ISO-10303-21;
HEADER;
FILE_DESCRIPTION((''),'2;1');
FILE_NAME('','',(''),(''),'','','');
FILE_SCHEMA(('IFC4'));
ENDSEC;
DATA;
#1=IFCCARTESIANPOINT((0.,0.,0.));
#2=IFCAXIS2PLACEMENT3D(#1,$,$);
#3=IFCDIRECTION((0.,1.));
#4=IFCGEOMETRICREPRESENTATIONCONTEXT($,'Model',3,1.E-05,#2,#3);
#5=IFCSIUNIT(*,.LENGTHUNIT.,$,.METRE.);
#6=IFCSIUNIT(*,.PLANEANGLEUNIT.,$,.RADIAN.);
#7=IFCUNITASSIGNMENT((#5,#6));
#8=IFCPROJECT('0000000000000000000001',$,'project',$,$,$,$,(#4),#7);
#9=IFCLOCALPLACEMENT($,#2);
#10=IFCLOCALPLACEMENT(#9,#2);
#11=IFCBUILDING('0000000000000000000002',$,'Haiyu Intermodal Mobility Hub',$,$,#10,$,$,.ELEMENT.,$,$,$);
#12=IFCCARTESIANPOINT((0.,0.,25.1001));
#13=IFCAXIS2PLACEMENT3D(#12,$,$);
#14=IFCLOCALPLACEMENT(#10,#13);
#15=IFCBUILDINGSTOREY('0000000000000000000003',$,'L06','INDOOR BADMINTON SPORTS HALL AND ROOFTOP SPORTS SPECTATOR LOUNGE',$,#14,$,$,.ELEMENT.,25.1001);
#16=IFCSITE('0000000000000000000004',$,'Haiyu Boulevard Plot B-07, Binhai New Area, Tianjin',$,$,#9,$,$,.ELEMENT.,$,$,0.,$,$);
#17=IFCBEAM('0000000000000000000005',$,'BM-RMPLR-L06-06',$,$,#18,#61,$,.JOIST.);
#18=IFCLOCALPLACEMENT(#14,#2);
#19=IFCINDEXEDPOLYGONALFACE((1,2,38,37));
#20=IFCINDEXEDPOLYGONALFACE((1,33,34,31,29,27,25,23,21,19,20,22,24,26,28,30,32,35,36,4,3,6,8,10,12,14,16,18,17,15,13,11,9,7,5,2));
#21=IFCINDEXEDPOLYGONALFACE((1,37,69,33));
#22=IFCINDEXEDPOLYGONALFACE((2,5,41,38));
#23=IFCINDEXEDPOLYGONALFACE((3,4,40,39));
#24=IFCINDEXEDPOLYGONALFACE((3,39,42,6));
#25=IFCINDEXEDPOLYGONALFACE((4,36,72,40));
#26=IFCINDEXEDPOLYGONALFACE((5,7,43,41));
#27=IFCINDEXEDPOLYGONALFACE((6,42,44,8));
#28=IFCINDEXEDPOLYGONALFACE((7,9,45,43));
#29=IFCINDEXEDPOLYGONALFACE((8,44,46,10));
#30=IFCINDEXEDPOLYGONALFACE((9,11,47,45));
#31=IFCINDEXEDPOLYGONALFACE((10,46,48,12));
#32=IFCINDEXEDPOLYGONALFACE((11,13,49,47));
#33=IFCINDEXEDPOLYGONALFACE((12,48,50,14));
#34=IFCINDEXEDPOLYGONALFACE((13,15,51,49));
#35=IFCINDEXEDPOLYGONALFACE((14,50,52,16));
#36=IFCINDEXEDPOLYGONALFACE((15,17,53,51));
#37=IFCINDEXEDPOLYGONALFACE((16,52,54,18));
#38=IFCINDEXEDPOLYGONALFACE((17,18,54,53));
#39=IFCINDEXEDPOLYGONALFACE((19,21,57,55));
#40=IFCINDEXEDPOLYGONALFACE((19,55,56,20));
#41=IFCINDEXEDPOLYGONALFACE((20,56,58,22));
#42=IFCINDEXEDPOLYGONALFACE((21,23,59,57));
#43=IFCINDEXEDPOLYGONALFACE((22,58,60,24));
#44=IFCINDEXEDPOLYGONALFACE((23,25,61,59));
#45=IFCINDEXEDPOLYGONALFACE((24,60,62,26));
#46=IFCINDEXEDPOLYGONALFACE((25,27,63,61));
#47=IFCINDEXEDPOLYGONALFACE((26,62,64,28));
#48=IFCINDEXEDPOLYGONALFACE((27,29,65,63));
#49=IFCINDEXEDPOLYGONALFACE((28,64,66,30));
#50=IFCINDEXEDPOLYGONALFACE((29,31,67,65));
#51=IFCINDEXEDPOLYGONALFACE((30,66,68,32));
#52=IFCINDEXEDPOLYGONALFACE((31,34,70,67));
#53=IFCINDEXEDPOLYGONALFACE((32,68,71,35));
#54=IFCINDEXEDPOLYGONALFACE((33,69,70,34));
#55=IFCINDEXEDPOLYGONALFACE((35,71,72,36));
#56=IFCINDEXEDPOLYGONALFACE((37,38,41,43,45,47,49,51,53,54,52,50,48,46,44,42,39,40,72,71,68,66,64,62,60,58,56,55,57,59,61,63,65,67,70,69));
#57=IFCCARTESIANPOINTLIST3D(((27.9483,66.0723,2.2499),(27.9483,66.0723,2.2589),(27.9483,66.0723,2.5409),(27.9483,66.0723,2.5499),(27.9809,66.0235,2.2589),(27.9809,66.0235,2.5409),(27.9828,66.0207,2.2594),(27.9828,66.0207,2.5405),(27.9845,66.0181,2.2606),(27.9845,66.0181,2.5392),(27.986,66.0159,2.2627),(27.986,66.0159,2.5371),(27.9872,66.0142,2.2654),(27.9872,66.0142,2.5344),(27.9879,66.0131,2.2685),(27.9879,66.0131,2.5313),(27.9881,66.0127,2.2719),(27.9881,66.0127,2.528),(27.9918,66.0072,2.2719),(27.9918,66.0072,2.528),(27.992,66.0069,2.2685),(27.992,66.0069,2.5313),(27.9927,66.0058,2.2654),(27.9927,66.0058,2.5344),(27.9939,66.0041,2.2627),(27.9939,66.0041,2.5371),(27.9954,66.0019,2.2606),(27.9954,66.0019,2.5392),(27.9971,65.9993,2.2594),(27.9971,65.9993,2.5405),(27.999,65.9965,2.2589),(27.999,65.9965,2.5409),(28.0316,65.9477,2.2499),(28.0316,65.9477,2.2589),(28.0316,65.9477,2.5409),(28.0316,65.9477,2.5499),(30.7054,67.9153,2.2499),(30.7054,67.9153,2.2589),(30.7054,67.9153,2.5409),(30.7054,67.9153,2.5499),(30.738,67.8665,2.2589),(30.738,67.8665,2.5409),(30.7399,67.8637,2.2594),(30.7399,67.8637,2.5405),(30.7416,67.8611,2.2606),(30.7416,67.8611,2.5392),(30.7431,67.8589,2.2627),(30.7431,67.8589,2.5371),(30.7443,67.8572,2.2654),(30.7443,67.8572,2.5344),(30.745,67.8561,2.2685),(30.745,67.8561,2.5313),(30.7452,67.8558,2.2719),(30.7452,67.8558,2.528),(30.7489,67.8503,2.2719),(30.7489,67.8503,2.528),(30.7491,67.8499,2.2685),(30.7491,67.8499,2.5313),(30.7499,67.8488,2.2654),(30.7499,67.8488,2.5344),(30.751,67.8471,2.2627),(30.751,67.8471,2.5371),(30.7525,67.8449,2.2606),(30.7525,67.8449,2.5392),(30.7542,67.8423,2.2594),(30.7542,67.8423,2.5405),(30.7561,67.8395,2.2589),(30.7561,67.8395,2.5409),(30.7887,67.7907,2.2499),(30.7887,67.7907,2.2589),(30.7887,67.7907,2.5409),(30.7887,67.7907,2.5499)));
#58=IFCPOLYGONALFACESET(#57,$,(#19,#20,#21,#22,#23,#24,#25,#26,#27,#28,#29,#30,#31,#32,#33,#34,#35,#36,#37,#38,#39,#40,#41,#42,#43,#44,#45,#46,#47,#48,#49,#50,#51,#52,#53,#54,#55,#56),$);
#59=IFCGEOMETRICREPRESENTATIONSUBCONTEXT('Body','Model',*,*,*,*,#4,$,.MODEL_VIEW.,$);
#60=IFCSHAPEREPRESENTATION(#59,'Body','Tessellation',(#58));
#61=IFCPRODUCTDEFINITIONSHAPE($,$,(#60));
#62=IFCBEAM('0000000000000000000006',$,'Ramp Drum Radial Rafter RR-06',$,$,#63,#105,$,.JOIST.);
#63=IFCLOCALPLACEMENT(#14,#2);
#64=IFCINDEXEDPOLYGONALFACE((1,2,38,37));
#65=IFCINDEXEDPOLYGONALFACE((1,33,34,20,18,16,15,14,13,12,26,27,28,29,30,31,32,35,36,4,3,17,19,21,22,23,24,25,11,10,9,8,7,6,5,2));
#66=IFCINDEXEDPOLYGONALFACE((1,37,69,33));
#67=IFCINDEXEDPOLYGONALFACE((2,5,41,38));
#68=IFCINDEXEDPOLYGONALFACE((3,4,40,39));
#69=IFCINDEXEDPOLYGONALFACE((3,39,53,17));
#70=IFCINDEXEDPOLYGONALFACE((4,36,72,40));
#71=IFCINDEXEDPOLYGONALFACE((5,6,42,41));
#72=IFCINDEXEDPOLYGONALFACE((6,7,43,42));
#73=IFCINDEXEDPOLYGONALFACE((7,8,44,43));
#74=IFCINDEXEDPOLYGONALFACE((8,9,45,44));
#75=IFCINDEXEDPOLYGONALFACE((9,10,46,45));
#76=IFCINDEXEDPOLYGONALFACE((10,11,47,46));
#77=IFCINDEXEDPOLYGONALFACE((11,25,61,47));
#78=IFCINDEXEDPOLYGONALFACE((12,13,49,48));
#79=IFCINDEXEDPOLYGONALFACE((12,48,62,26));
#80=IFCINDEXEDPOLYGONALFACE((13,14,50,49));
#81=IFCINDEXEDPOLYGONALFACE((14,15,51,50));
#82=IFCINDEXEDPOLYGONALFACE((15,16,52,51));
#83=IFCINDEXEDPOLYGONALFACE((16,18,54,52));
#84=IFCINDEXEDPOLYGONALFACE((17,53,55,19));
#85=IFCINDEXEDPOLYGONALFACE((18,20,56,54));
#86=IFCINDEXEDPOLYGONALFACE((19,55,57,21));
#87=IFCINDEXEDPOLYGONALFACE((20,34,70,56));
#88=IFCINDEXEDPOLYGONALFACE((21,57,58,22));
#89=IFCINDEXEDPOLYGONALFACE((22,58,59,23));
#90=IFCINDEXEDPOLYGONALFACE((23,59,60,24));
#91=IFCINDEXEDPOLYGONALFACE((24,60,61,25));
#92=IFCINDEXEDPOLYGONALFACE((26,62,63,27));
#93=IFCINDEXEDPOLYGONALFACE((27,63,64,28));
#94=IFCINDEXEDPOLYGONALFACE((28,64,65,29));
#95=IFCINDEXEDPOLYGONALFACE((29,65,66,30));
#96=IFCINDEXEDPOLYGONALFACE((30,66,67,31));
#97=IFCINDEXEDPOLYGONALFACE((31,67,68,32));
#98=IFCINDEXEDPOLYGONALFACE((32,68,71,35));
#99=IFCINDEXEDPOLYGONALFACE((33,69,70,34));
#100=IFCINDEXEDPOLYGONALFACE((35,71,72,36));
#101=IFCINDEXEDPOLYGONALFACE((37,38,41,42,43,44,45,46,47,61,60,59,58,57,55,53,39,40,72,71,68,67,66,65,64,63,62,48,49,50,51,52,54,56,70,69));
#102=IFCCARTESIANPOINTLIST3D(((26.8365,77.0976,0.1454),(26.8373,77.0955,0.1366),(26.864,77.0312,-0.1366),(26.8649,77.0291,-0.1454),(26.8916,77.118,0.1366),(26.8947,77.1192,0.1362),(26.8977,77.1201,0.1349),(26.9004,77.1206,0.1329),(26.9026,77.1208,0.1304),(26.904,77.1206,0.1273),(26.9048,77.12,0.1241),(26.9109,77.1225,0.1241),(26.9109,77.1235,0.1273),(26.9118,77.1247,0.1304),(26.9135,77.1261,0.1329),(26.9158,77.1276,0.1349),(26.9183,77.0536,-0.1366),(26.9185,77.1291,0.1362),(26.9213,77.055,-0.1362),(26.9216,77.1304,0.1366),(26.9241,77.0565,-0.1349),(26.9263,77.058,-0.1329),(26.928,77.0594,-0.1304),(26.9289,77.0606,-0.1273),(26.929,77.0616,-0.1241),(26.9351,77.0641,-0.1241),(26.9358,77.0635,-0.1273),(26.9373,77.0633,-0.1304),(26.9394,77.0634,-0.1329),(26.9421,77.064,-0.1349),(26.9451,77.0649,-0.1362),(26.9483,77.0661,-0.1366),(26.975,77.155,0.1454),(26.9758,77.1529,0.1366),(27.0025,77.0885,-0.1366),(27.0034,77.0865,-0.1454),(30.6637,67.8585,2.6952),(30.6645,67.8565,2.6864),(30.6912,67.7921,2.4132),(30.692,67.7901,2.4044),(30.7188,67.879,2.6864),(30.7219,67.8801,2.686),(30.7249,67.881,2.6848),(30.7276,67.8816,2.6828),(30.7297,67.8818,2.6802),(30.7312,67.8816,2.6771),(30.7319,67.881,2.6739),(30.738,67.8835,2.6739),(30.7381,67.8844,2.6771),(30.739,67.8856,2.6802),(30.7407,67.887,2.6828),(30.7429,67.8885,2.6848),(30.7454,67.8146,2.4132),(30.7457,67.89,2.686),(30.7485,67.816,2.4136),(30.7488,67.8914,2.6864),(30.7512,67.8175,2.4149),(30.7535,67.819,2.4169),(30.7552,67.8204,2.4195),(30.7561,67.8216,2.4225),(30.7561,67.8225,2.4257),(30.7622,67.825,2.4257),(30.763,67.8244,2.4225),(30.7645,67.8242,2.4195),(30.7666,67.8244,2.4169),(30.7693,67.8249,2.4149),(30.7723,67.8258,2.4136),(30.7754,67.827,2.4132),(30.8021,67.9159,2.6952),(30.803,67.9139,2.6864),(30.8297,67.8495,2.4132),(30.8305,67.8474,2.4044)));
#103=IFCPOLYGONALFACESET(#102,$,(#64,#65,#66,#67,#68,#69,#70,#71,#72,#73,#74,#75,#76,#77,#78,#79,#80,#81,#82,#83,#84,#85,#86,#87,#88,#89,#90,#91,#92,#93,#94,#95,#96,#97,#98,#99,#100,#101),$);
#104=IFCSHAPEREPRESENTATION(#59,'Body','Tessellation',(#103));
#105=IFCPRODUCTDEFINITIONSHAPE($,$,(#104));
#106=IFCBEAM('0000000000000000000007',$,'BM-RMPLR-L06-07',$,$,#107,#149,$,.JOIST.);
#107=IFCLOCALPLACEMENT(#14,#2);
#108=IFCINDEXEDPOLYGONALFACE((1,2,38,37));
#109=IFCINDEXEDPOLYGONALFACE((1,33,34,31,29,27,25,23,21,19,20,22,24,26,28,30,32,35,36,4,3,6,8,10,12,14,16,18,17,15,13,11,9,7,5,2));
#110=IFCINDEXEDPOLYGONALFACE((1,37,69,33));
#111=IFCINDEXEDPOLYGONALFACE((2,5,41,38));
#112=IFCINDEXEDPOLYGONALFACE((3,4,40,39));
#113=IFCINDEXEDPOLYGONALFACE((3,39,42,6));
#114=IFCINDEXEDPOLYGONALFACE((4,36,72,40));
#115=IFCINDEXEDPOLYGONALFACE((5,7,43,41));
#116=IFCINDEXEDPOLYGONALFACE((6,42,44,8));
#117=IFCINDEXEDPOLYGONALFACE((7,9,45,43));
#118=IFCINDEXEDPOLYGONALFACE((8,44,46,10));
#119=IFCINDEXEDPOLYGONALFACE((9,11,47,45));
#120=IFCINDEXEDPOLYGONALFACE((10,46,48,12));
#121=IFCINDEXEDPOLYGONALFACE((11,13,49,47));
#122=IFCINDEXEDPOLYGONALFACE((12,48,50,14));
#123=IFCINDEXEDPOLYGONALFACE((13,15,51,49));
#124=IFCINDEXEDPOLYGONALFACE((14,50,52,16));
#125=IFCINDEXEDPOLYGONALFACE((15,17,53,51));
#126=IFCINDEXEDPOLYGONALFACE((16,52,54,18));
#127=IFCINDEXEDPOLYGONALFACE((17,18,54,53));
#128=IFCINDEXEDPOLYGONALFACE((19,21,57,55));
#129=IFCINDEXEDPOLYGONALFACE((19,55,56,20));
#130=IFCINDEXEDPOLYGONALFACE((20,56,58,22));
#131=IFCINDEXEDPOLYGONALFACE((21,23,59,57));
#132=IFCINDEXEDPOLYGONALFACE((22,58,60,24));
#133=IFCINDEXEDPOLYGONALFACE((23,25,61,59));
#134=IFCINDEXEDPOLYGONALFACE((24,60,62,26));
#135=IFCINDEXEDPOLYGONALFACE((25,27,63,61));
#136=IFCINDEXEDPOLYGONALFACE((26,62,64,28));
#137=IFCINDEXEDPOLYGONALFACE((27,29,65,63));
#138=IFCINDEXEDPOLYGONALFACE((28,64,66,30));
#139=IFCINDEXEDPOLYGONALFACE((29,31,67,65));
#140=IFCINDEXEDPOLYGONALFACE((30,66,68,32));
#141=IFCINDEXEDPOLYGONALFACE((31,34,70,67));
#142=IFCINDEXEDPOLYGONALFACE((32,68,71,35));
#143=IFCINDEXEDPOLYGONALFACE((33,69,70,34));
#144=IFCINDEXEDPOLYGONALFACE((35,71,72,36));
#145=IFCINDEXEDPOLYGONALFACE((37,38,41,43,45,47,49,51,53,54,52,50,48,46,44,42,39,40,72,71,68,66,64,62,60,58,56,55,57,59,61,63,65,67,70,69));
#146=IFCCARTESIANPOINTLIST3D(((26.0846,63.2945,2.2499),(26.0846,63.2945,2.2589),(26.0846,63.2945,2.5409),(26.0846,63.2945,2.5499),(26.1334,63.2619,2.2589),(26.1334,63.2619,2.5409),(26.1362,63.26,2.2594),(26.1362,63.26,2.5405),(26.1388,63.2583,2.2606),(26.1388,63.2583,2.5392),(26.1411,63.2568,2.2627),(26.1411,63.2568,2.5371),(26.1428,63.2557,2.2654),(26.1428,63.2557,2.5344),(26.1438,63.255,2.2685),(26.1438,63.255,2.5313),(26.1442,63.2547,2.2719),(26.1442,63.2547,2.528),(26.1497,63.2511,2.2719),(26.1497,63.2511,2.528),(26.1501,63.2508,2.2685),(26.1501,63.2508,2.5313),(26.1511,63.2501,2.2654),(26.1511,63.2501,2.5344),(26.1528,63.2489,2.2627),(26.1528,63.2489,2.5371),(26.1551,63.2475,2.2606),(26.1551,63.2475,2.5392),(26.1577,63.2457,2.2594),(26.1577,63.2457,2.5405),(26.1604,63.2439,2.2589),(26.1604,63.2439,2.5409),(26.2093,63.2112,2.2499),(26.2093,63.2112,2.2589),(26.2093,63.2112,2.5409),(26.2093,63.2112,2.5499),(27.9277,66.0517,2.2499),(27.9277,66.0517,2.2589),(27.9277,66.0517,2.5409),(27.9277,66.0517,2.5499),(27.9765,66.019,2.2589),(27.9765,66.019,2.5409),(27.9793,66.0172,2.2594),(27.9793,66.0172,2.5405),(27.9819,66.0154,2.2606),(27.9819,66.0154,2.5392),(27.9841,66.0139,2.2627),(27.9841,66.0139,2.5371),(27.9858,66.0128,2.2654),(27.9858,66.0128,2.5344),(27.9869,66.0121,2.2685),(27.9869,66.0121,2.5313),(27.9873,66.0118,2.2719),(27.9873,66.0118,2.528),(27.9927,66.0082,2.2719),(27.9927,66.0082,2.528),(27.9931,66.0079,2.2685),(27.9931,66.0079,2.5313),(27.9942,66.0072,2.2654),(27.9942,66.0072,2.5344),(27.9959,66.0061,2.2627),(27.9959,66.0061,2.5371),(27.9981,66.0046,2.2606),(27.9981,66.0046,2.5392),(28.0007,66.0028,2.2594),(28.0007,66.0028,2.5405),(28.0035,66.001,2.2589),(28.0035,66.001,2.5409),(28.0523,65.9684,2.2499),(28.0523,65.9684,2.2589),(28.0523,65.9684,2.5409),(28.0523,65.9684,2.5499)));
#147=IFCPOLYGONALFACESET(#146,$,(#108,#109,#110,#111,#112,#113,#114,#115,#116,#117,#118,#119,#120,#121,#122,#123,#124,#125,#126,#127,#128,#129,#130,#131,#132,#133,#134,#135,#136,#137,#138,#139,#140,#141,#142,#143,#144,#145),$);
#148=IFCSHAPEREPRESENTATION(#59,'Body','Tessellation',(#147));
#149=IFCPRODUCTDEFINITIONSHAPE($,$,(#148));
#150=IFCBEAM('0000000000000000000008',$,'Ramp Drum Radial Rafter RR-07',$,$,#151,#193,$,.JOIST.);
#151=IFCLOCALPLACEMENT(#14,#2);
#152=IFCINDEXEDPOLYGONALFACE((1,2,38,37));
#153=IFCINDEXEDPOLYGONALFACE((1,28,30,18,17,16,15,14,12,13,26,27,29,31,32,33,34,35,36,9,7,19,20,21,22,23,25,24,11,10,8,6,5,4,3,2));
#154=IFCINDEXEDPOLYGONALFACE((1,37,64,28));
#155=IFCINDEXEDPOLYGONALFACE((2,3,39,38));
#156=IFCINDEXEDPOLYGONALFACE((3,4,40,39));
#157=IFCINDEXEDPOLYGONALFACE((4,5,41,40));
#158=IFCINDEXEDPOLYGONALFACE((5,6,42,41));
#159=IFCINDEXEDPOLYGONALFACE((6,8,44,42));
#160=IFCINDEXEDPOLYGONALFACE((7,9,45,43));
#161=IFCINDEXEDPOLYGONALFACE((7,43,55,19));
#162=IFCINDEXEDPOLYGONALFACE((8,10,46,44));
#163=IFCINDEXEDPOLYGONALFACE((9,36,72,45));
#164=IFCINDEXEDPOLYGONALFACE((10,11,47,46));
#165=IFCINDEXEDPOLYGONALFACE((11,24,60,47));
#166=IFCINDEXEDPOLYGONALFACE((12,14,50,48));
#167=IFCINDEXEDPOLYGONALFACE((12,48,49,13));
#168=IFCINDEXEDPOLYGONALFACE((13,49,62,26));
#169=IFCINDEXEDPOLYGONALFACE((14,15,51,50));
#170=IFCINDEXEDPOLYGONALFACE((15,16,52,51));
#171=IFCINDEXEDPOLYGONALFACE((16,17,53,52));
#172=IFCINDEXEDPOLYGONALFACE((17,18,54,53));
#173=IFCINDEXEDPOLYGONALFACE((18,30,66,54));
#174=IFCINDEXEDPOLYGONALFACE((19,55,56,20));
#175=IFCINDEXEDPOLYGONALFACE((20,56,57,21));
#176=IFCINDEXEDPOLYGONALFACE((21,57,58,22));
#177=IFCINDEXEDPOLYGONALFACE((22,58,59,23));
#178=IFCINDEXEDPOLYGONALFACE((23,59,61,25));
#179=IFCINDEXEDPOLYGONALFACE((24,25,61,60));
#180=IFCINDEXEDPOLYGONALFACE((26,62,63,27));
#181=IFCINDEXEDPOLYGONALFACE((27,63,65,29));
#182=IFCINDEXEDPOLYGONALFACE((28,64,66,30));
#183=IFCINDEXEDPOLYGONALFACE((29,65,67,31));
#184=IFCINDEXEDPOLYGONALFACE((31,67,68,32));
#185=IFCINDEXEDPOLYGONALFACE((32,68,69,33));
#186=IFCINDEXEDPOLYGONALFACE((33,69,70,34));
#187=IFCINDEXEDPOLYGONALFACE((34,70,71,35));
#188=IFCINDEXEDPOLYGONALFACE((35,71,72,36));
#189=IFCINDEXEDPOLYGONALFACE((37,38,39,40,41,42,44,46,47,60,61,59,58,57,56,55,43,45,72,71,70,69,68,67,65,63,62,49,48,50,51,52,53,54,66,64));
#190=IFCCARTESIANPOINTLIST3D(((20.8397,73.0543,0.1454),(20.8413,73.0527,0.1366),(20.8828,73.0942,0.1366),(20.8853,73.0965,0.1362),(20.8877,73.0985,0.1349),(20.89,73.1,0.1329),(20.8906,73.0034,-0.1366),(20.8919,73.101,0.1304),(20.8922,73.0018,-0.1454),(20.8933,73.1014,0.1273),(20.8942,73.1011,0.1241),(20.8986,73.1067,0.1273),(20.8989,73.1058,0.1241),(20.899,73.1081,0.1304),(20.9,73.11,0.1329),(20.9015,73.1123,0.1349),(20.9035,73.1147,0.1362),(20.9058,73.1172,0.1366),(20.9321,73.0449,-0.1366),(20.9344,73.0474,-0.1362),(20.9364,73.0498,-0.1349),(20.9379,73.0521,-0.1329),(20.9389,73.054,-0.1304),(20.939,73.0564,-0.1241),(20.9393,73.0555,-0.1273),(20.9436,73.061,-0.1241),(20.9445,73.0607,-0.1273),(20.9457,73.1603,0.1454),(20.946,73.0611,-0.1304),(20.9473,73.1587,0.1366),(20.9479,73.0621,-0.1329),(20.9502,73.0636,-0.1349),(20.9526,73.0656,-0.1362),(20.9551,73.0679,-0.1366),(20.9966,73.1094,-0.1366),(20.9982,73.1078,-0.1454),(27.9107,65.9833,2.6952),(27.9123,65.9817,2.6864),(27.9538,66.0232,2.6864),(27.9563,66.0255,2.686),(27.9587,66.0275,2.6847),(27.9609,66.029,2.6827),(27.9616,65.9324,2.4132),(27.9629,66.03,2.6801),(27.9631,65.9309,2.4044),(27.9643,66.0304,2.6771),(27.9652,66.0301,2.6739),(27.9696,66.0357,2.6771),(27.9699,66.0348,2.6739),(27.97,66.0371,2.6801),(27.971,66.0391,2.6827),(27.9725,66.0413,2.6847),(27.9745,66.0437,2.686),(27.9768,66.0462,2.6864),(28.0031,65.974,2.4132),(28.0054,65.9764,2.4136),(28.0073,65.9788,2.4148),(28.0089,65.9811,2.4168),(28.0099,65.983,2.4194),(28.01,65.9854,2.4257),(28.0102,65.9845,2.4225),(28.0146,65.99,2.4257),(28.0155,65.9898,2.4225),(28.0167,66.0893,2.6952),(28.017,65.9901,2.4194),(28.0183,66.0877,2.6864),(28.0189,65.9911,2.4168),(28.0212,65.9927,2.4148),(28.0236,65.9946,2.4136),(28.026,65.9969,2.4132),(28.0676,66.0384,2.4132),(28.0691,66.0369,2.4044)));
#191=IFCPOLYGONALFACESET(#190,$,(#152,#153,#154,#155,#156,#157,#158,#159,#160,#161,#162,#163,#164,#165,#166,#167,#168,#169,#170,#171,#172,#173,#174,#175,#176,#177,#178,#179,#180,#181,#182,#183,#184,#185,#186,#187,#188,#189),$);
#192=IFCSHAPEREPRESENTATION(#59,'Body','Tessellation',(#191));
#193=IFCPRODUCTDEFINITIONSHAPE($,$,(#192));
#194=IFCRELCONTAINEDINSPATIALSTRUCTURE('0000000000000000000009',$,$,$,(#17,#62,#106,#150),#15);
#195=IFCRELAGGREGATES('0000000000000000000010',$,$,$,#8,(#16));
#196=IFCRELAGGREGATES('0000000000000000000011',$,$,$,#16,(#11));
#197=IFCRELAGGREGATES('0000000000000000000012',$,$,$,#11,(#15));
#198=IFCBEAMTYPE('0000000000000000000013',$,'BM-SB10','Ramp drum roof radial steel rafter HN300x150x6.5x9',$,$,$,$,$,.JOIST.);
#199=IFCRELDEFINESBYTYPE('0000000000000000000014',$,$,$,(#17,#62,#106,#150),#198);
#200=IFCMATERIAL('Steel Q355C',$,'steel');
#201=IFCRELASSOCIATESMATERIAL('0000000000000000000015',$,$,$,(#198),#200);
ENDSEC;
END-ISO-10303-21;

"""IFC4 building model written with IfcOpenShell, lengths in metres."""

from ifc_helpers import new_model, si_unit, direction, frame, origin, origin_2d, place, context, subcontext, project, spatial, i_section, extrude, material, material_profile, profile_set, type_object, element, save


model = new_model("IFC4")

# Units and contexts
model_context = context("Model", 3, precision=1e-05, world=origin(), true_north=direction((0.0, 1.0)))
body_context = subcontext(model_context, "Body", "Model", "MODEL_VIEW")
ifc_project = project(units=[si_unit("LENGTHUNIT", "METRE"), si_unit("PLANEANGLEUNIT", "RADIAN")], contexts=[model_context])

# Site, building, storey
site_placement = place(None, origin())
site = spatial("IfcSite", under=ifc_project, at=site_placement, Name="Haiyu Boulevard Plot B-07, Binhai New Area, Tianjin", CompositionType="ELEMENT", RefElevation=0.0)
building_placement = place(site_placement, origin())
building = spatial("IfcBuilding", under=site, at=building_placement, Name="Haiyu Intermodal Mobility Hub", CompositionType="ELEMENT")
storey_placement = place(building_placement, frame((0.0, 0.0, 25.1001)))
storey = spatial("IfcBuildingStorey", under=building, at=storey_placement, Name="L06", Description="INDOOR BADMINTON SPORTS HALL AND ROOFTOP SPORTS SPECTATOR LOUNGE", CompositionType="ELEMENT", Elevation=25.1001)

# Shared definitions
ifc_material_1 = material(Name="Steel Q355C", Category="steel")

# Beams
ifc_material_profile_1 = material_profile(ifc_material_1, i_section(OverallWidth=0.1499, OverallDepth=0.3, WebThickness=0.0066, FlangeThickness=0.009, FilletRadius=0.0129, at=origin_2d()), Name="HN300x150x6.5x9")
ifc_profile_set_1 = profile_set([ifc_material_profile_1], Name="Steel Q355C")
beam_type_1 = type_object("IfcBeamType", Name="BM-SB10", Description="Ramp drum roof radial steel rafter HN300x150x6.5x9", PredefinedType="JOIST", material=ifc_profile_set_1)
beam_1_placement = place(storey_placement, frame((30.7471, 67.853, 2.3999), z_axis=(-0.831359, -0.555736, 0.0), x_axis=(0.555736, -0.831359, 0.0)))
element("IfcBeam", 1, at=beam_1_placement, inside=storey, type_object=beam_type_1, Name="BM-RMPLR-L06-06", PredefinedType="JOIST", context=body_context, shape_type="SweptSolid", body=[
    extrude(i_section(OverallWidth=0.1499, OverallDepth=0.3, WebThickness=0.0066, FlangeThickness=0.009, FilletRadius=0.0129, at=origin_2d()), origin(), (0.0, 0.0, 1.0), 3.3164),
])
beam_2_placement = place(storey_placement, frame((26.9199, 77.092, 0.0), z_axis=(0.370838, -0.89523, 0.247068), x_axis=(0.923872, 0.382703, 0.0)))
element("IfcBeam", 2, at=beam_2_placement, inside=storey, type_object=beam_type_1, Name="Ramp Drum Radial Rafter RR-06", PredefinedType="JOIST", context=body_context, shape_type="SweptSolid", body=[
    extrude(i_section(OverallWidth=0.1499, OverallDepth=0.3, WebThickness=0.0066, FlangeThickness=0.009, FilletRadius=0.0129, at=origin_2d()), origin(), (0.0, 0.0, 1.0), 10.3203),
])
beam_3_placement = place(storey_placement, frame((27.99, 66.01, 2.3999), z_axis=(-0.555736, -0.831359, 0.0), x_axis=(0.831359, -0.555736, 0.0)))
element("IfcBeam", 3, at=beam_3_placement, inside=storey, type_object=beam_type_1, Name="BM-RMPLR-L06-07", PredefinedType="JOIST", context=body_context, shape_type="SweptSolid", body=[
    extrude(i_section(OverallWidth=0.1499, OverallDepth=0.3, WebThickness=0.0066, FlangeThickness=0.009, FilletRadius=0.0129, at=origin_2d()), origin(), (0.0, 0.0, 1.0), 3.3164),
])
beam_4_placement = place(storey_placement, frame((20.9189, 73.0811, 0.0), z_axis=(0.685184, -0.685184, 0.247076), x_axis=(0.707107, 0.707107, 0.0)))
element("IfcBeam", 4, at=beam_4_placement, inside=storey, type_object=beam_type_1, Name="Ramp Drum Radial Rafter RR-07", PredefinedType="JOIST", context=body_context, shape_type="SweptSolid", body=[
    extrude(i_section(OverallWidth=0.1499, OverallDepth=0.3, WebThickness=0.0066, FlangeThickness=0.009, FilletRadius=0.0129, at=origin_2d()), origin(), (0.0, 0.0, 1.0), 10.3198),
])

save(model, "model.ifc")
